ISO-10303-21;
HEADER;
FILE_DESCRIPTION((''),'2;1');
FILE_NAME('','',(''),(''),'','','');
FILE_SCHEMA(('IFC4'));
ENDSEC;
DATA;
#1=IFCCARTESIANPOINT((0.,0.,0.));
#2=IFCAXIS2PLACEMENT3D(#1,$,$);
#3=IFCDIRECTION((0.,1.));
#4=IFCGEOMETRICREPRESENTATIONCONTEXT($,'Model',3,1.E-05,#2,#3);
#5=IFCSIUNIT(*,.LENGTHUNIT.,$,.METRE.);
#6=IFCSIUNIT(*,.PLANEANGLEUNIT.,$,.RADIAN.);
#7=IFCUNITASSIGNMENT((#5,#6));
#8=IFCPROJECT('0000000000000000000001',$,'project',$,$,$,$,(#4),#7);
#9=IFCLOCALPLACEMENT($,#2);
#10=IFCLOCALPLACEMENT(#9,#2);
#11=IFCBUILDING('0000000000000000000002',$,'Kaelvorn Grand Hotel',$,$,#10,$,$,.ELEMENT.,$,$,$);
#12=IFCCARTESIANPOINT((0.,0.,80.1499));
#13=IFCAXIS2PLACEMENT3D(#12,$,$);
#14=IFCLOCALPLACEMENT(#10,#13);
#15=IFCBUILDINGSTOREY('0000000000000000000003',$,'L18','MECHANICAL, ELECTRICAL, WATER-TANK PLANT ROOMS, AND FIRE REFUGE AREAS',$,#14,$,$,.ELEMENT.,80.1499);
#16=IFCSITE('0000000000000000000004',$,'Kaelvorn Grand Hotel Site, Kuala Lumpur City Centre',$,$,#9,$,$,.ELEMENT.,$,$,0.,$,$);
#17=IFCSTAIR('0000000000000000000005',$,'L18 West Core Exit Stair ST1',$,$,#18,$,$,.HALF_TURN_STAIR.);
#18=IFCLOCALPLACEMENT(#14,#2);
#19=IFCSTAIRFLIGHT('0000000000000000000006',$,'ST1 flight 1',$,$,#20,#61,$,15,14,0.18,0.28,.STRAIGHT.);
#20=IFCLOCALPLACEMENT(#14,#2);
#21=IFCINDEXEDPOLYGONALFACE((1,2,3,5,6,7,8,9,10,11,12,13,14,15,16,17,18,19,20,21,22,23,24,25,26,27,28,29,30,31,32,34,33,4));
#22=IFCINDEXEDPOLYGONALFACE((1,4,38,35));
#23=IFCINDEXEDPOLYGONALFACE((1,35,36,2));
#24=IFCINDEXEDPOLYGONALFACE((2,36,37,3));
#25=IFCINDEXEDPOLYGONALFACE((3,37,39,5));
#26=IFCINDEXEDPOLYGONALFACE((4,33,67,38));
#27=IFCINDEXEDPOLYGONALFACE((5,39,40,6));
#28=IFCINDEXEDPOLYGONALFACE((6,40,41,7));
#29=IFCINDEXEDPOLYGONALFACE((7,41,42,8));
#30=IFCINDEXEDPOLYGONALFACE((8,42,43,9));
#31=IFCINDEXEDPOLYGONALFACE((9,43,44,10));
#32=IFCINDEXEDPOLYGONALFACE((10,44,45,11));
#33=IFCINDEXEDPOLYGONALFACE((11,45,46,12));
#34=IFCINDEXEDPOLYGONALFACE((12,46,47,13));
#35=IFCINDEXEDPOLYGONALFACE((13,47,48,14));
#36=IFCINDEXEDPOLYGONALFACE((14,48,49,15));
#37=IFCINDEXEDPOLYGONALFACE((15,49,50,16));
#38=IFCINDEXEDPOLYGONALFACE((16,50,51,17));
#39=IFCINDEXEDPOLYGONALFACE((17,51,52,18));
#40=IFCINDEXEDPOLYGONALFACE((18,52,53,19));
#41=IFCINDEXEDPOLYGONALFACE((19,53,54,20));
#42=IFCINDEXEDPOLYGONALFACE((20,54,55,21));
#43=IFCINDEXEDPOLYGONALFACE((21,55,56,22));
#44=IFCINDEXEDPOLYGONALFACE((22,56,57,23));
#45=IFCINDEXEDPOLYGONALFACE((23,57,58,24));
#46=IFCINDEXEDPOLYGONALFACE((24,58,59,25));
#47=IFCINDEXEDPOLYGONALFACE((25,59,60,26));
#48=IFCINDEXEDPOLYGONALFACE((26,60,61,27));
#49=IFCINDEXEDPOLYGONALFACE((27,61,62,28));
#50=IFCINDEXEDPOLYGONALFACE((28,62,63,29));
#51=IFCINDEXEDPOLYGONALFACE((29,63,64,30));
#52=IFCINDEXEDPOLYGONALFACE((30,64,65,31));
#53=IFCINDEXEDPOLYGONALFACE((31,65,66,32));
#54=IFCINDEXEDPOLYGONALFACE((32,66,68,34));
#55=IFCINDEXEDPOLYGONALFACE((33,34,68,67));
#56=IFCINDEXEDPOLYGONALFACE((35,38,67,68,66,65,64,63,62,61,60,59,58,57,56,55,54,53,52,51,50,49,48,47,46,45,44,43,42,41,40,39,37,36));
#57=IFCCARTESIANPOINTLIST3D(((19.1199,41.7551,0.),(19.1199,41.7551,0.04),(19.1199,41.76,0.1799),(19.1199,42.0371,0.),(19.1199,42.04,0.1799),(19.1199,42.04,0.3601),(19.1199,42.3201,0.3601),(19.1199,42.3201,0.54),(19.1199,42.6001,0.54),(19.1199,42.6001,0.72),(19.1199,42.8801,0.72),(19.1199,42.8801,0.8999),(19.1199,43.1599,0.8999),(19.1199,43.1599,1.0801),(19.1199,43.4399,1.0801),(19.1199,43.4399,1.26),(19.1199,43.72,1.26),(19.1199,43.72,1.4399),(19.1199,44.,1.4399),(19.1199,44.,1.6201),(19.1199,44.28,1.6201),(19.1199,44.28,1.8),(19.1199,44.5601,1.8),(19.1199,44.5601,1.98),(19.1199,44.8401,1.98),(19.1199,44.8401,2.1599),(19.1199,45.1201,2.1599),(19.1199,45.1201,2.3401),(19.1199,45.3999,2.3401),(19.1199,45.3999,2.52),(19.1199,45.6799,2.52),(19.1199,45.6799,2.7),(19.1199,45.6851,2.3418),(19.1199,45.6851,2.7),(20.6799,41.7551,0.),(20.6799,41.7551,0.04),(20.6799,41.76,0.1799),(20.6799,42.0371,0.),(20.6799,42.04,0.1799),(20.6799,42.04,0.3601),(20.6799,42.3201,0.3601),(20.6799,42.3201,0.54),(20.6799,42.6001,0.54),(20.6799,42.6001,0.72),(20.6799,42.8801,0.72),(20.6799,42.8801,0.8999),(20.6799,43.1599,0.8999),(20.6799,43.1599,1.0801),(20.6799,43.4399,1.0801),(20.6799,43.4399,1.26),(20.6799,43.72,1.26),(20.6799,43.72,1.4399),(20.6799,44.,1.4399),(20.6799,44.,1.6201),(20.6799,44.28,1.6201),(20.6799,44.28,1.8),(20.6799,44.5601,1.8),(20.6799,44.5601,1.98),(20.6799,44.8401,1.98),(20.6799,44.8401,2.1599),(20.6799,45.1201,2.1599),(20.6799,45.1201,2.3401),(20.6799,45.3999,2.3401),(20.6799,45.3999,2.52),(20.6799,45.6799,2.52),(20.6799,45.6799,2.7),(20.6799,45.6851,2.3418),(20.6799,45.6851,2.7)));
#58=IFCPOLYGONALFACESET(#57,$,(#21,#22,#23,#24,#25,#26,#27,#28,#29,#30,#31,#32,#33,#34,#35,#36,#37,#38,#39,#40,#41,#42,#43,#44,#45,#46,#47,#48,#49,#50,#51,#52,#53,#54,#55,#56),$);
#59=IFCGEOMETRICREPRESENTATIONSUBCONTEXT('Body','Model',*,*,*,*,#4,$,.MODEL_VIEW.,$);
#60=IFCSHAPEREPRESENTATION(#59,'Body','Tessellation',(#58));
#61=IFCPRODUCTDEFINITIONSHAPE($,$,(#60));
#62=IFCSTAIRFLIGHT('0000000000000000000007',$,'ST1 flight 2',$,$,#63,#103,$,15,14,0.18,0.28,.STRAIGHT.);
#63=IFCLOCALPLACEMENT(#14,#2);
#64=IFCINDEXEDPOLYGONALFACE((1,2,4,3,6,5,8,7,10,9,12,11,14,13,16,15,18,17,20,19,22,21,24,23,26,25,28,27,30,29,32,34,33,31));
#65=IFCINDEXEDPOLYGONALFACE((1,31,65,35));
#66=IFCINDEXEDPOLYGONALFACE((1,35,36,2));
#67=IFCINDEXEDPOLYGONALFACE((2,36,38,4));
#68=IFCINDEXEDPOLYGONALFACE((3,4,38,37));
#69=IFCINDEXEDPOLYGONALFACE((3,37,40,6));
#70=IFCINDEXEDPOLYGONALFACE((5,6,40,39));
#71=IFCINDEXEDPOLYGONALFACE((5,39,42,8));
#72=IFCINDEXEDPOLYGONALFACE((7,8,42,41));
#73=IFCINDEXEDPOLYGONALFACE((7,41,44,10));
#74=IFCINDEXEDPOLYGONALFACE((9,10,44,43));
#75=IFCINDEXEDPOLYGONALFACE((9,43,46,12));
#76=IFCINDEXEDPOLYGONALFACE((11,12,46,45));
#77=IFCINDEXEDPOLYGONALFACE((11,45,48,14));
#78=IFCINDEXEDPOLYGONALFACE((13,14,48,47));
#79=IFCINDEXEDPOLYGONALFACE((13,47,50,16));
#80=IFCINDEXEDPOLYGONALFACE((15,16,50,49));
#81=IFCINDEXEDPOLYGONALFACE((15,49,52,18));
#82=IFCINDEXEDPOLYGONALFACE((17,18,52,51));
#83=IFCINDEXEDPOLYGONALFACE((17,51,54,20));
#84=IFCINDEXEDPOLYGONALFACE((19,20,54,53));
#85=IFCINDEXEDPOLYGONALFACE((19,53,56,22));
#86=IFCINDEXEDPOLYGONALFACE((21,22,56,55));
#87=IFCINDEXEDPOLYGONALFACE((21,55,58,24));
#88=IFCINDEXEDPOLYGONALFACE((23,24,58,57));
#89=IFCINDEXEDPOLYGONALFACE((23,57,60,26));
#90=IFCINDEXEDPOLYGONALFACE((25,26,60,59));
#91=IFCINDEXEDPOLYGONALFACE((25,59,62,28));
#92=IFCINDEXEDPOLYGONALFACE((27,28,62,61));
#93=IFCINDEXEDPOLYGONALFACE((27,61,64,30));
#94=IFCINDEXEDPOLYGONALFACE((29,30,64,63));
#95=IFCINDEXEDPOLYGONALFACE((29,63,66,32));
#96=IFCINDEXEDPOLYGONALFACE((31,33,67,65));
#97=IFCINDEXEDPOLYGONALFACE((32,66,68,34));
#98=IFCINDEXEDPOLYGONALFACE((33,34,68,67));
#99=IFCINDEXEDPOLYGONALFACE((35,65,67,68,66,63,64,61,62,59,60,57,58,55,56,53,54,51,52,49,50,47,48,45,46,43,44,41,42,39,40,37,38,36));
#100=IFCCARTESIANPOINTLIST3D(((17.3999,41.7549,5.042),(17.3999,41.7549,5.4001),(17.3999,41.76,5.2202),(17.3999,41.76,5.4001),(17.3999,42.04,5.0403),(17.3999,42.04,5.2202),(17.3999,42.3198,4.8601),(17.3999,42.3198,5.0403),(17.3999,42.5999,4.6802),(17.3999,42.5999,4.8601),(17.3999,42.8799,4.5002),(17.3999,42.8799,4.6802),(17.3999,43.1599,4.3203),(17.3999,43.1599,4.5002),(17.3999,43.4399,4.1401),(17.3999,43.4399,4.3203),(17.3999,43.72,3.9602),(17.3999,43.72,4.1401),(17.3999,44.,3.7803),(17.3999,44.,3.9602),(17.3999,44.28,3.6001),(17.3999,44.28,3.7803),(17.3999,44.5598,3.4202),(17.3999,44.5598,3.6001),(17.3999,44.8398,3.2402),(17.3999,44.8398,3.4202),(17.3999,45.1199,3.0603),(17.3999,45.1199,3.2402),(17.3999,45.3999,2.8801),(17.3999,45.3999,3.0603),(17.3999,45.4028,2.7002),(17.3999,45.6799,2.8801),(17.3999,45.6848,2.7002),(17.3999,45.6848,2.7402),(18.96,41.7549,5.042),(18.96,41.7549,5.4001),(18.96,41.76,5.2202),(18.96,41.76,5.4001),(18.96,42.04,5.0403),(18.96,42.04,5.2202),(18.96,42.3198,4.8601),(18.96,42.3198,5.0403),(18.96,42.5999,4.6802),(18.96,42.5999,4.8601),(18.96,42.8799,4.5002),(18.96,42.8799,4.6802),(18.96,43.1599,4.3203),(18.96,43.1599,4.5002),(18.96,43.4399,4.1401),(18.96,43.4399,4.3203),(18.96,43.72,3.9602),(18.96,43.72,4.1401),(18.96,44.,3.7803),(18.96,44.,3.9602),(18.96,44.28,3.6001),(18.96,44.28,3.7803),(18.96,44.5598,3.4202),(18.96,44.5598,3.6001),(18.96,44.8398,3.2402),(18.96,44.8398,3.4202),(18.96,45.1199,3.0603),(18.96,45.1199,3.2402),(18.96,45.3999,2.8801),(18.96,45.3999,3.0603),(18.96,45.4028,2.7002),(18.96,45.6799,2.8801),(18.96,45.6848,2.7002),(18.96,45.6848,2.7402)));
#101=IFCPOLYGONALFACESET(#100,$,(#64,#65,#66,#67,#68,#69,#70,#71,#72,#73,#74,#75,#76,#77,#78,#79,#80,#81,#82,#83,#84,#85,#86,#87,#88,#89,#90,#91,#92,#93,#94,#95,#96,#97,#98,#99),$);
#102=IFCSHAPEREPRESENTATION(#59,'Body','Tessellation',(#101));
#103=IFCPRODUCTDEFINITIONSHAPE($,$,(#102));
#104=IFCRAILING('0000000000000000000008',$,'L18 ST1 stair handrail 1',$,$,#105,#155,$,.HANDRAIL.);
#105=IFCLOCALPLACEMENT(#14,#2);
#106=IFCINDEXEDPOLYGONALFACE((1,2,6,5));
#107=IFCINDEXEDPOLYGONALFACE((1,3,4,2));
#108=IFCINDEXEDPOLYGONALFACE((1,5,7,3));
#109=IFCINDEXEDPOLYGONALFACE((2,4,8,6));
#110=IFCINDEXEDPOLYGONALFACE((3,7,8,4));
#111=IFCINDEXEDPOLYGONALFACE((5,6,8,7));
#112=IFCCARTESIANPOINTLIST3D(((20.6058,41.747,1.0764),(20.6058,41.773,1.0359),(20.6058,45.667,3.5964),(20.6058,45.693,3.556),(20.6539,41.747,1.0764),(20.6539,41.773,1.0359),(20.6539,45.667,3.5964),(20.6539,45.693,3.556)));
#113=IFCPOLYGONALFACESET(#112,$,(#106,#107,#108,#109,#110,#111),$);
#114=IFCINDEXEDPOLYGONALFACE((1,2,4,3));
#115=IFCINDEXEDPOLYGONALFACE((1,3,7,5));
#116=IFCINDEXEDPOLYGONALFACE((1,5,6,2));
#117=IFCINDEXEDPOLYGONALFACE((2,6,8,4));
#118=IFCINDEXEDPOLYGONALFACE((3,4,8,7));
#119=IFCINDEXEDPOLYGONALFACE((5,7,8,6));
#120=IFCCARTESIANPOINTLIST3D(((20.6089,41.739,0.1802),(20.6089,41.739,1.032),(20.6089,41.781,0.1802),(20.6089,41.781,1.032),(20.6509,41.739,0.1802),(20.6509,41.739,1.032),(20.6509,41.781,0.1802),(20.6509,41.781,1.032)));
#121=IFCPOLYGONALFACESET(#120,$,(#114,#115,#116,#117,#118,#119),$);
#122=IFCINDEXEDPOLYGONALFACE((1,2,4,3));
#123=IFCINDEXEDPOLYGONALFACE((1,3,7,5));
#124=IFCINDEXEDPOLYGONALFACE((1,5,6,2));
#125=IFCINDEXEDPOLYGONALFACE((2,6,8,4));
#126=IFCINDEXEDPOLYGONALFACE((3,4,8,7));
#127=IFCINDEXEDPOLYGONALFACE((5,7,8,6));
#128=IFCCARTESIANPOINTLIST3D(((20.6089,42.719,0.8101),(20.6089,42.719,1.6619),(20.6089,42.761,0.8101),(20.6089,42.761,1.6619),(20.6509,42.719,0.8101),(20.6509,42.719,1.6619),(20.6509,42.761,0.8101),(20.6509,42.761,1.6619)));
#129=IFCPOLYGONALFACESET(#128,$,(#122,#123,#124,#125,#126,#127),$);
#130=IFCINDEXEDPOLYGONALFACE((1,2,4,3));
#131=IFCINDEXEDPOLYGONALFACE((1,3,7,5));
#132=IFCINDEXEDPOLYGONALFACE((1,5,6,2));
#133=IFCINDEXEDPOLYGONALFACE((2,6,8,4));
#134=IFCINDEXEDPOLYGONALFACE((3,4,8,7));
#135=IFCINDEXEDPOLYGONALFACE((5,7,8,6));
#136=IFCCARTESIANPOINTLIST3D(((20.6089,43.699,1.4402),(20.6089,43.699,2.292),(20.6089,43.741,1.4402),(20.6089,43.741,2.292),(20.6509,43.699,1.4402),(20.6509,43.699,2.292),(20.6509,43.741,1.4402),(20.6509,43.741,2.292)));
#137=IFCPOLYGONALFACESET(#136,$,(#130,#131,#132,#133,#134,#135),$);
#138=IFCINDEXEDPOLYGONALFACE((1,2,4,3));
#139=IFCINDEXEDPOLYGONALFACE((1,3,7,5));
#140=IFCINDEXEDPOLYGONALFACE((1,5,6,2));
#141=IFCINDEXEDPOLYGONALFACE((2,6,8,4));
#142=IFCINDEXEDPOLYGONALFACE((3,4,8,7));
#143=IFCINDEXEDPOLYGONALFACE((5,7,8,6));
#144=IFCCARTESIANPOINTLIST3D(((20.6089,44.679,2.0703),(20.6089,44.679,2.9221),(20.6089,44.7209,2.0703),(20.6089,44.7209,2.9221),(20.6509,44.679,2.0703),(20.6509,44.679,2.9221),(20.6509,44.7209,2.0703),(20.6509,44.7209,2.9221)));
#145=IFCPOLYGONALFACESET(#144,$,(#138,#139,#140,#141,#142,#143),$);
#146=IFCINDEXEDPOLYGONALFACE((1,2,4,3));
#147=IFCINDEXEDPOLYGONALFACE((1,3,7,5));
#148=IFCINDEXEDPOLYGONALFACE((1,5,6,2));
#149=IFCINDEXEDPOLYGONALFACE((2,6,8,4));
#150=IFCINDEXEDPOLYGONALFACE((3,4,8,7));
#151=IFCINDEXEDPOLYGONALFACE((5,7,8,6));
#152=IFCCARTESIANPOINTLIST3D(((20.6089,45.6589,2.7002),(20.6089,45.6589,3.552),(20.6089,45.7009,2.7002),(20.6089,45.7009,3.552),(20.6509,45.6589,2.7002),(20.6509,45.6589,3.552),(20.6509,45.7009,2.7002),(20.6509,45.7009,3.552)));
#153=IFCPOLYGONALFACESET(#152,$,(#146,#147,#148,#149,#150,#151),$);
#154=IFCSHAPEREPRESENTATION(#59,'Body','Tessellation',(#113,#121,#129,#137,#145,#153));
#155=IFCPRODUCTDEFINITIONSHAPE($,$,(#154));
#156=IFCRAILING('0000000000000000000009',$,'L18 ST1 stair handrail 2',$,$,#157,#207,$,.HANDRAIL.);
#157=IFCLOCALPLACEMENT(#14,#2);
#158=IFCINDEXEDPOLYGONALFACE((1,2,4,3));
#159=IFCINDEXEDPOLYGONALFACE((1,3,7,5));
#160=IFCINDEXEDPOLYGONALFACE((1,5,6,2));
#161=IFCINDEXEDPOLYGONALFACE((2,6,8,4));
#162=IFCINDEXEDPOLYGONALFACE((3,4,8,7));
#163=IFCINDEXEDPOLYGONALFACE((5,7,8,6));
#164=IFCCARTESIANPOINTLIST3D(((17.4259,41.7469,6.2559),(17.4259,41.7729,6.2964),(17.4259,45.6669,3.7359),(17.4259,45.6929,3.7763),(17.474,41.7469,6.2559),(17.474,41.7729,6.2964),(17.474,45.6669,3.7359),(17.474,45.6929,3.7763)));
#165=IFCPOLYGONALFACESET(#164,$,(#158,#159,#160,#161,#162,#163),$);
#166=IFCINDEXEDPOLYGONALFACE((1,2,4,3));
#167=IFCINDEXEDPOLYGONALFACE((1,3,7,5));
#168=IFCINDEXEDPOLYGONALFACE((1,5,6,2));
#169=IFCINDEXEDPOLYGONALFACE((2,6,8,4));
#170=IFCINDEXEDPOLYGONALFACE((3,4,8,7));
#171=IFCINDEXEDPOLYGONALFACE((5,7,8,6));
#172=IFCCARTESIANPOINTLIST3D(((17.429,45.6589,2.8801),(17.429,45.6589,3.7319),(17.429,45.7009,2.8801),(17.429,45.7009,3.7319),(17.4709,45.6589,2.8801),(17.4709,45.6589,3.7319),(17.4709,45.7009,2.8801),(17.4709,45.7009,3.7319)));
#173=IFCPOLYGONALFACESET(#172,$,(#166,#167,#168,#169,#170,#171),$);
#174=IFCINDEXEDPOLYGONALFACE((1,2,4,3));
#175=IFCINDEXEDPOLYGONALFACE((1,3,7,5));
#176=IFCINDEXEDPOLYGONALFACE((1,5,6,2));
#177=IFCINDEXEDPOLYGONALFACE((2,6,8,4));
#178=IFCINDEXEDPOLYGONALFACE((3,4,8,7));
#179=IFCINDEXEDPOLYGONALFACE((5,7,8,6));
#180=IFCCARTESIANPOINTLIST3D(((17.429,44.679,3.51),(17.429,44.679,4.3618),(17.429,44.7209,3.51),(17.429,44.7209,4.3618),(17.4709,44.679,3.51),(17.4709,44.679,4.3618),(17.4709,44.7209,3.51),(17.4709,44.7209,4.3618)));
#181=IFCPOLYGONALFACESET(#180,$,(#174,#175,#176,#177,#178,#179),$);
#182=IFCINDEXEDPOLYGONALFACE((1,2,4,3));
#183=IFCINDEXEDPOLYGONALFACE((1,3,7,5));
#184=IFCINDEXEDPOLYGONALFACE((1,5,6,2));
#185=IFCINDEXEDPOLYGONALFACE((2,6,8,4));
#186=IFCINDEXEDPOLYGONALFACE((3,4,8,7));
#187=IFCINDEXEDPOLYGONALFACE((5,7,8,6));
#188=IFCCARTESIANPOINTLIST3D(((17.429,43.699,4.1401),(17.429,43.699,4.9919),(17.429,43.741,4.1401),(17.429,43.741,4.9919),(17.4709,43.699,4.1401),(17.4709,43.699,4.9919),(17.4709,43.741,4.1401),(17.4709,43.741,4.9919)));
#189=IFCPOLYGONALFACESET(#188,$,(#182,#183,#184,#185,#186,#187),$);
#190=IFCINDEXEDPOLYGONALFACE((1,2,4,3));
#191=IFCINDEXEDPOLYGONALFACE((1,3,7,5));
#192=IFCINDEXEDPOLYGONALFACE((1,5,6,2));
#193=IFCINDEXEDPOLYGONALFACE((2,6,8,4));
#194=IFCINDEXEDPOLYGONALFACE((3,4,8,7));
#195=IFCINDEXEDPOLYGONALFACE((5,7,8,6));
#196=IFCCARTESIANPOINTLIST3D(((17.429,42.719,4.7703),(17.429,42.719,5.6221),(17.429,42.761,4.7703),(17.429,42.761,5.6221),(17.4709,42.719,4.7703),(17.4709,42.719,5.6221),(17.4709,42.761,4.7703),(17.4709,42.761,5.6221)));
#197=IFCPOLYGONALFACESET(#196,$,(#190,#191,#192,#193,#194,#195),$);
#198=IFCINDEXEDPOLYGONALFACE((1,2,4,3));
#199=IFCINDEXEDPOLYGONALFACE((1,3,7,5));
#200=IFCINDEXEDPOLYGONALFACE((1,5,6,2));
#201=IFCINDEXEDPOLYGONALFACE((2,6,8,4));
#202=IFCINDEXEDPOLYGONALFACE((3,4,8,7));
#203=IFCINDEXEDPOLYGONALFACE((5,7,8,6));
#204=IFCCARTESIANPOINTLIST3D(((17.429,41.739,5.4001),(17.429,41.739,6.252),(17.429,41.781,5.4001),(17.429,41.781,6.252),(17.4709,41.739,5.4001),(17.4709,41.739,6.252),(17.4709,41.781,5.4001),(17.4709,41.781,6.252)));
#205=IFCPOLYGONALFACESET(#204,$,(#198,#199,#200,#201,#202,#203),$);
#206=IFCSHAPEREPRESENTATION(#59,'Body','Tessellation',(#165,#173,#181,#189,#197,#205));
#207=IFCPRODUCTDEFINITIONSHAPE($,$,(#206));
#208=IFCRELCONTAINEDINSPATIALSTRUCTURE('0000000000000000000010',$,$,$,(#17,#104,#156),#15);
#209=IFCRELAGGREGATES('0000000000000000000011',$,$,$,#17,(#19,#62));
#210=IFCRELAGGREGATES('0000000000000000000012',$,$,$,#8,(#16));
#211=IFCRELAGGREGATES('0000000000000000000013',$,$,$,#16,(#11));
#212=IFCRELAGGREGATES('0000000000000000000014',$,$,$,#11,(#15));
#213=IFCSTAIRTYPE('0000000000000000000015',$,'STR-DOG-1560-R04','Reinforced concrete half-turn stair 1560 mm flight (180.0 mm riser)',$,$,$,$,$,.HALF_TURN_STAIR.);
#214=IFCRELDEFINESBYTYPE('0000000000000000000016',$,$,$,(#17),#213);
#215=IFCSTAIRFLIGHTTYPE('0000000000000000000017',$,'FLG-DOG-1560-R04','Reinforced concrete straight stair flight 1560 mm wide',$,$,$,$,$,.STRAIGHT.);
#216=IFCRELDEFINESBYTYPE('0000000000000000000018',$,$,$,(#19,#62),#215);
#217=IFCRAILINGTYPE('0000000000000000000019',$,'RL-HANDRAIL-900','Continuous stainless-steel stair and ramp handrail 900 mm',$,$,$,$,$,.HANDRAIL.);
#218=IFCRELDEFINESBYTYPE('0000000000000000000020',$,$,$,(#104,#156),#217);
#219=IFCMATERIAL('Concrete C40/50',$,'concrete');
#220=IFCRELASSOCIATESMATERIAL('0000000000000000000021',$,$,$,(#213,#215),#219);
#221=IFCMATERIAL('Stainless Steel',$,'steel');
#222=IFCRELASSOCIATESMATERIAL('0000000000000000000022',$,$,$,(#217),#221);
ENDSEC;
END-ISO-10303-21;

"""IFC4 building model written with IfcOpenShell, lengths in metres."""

from ifc_helpers import new_model, si_unit, direction, frame, origin, origin_2d, place, context, subcontext, project, spatial, polyline, rectangle, outline, extrude, material, type_object, element, aggregate, save


model = new_model("IFC4")

# Units and contexts
model_context = context("Model", 3, precision=1e-05, world=origin(), true_north=direction((0.0, 1.0)))
body_context = subcontext(model_context, "Body", "Model", "MODEL_VIEW")
ifc_project = project(units=[si_unit("LENGTHUNIT", "METRE"), si_unit("PLANEANGLEUNIT", "RADIAN")], contexts=[model_context])

# Site, building, storey
site_placement = place(None, origin())
site = spatial("IfcSite", under=ifc_project, at=site_placement, Name="Kaelvorn Grand Hotel Site, Kuala Lumpur City Centre", CompositionType="ELEMENT", RefElevation=0.0)
building_placement = place(site_placement, origin())
building = spatial("IfcBuilding", under=site, at=building_placement, Name="Kaelvorn Grand Hotel", CompositionType="ELEMENT")
storey_placement = place(building_placement, frame((0.0, 0.0, 80.1499)))
storey = spatial("IfcBuildingStorey", under=building, at=storey_placement, Name="L18", Description="MECHANICAL, ELECTRICAL, WATER-TANK PLANT ROOMS, AND FIRE REFUGE AREAS", CompositionType="ELEMENT", Elevation=80.1499)

# Shared definitions
ifc_material_1 = material(Name="Concrete C40/50", Category="concrete")

# Stair, stair flights
stair_type = type_object("IfcStairType", Name="STR-DOG-1560-R04", Description="Reinforced concrete half-turn stair 1560 mm flight (180.0 mm riser)", PredefinedType="HALF_TURN_STAIR", material=ifc_material_1)
stair_placement = place(storey_placement, origin())
stair = element("IfcStair", 1, at=stair_placement, inside=storey, type_object=stair_type, Name="L18 West Core Exit Stair ST1", PredefinedType="HALF_TURN_STAIR")
stair_flight_type = type_object("IfcStairFlightType", Name="FLG-DOG-1560-R04", Description="Reinforced concrete straight stair flight 1560 mm wide", PredefinedType="STRAIGHT", material=ifc_material_1)
stair_flight_1_placement = place(storey_placement, frame((19.8999, 41.76, 0.0), z_axis=(0.0, 0.0, 1.0), x_axis=(0.0, 1.0, 0.0)))
stair_flight_1 = element("IfcStairFlight", 2, at=stair_flight_1_placement, type_object=stair_flight_type, Name="ST1 flight 1", NumberOfRisers=15, NumberOfTreads=14, PredefinedType="STRAIGHT", RiserHeight=0.18, TreadLength=0.28, context=body_context, shape_type="SweptSolid", body=[
    extrude(outline(polyline([(-0.0049, 0.0), (-0.0049, 0.04), (0.0, 0.1799), (0.28, 0.1799), (0.28, 0.3601), (0.5601, 0.3601), (0.5601, 0.54), (0.8401, 0.54), (0.8401, 0.72), (1.1201, 0.72), (1.1201, 0.8999), (1.3999, 0.8999), (1.3999, 1.0801), (1.6799, 1.0801), (1.6799, 1.26), (1.96, 1.26), (1.96, 1.4399), (2.24, 1.4399), (2.24, 1.6201), (2.52, 1.6201), (2.52, 1.8), (2.8, 1.8), (2.8, 1.98), (3.0801, 1.98), (3.0801, 2.1599), (3.3601, 2.1599), (3.3601, 2.3401), (3.6399, 2.3401), (3.6399, 2.52), (3.9199, 2.52), (3.9199, 2.7), (3.925, 2.7), (3.925, 2.3418), (0.2771, 0.0), (-0.0049, 0.0)])), frame((0.0, 0.78, 0.0), z_axis=(0.0, -1.0, 0.0), x_axis=(1.0, 0.0, 0.0)), (0.0, 0.0, 1.0), 1.5601),
])
stair_flight_2_placement = place(storey_placement, frame((18.1799, 45.6799, 2.7002), z_axis=(0.0, 0.0, 1.0), x_axis=(0.0, -1.0, 0.0)))
stair_flight_2 = element("IfcStairFlight", 3, at=stair_flight_2_placement, type_object=stair_flight_type, Name="ST1 flight 2", NumberOfRisers=15, NumberOfTreads=14, PredefinedType="STRAIGHT", RiserHeight=0.18, TreadLength=0.28, context=body_context, shape_type="SweptSolid", body=[
    extrude(outline(polyline([(-0.0049, 0.0), (-0.0049, 0.04), (0.0, 0.1799), (0.28, 0.1799), (0.28, 0.3601), (0.5601, 0.3601), (0.5601, 0.54), (0.8401, 0.54), (0.8401, 0.72), (1.1201, 0.72), (1.1201, 0.8999), (1.3999, 0.8999), (1.3999, 1.0801), (1.6799, 1.0801), (1.6799, 1.26), (1.96, 1.26), (1.96, 1.4399), (2.24, 1.4399), (2.24, 1.6201), (2.52, 1.6201), (2.52, 1.8), (2.8, 1.8), (2.8, 1.98), (3.0801, 1.98), (3.0801, 2.1599), (3.3601, 2.1599), (3.3601, 2.3401), (3.6399, 2.3401), (3.6399, 2.52), (3.9199, 2.52), (3.9199, 2.7), (3.925, 2.7), (3.925, 2.3418), (0.2771, 0.0), (-0.0049, 0.0)])), frame((0.0, 0.78, 0.0), z_axis=(0.0, -1.0, 0.0), x_axis=(1.0, 0.0, 0.0)), (0.0, 0.0, 1.0), 1.5601),
])
aggregate(stair, [stair_flight_1, stair_flight_2])

# Railings
ifc_material_2 = material(Name="Stainless Steel", Category="steel")
railing_type_1 = type_object("IfcRailingType", Name="RL-HANDRAIL-900", Description="Continuous stainless-steel stair and ramp handrail 900 mm", PredefinedType="HANDRAIL", material=ifc_material_2)
railing_1_placement = place(storey_placement, frame((20.6299, 41.76, 0.1802)))
element("IfcRailing", 4, at=railing_1_placement, inside=storey, type_object=railing_type_1, Name="L18 ST1 stair handrail 1", PredefinedType="HANDRAIL", context=body_context, shape_type="SweptSolid", body=[
    extrude(rectangle(XDim=0.0481, YDim=0.0481, at=origin_2d()), frame((0.0, 0.0, 0.876), z_axis=(0.0, 0.841172, 0.540768), x_axis=(-1.0, 0.0, 0.0)), (0.0, 0.0, 1.0), 4.6602),
    extrude(rectangle(XDim=0.042, YDim=0.042, at=origin_2d()), origin(), (0.0, 0.0, 1.0), 0.8518),
    extrude(rectangle(XDim=0.042, YDim=0.042, at=origin_2d()), frame((0.0, 0.98, 0.6299)), (0.0, 0.0, 1.0), 0.8518),
    extrude(rectangle(XDim=0.042, YDim=0.042, at=origin_2d()), frame((0.0, 1.96, 1.26)), (0.0, 0.0, 1.0), 0.8518),
    extrude(rectangle(XDim=0.042, YDim=0.042, at=origin_2d()), frame((0.0, 2.9399, 1.8901)), (0.0, 0.0, 1.0), 0.8518),
    extrude(rectangle(XDim=0.042, YDim=0.042, at=origin_2d()), frame((0.0, 3.9199, 2.52)), (0.0, 0.0, 1.0), 0.8518),
])
railing_2_placement = place(storey_placement, frame((17.45, 45.6799, 2.8801)))
element("IfcRailing", 5, at=railing_2_placement, inside=storey, type_object=railing_type_1, Name="L18 ST1 stair handrail 2", PredefinedType="HANDRAIL", context=body_context, shape_type="SweptSolid", body=[
    extrude(rectangle(XDim=0.0481, YDim=0.0481, at=origin_2d()), frame((0.0, 0.0, 0.876), z_axis=(0.0, -0.841172, 0.540768), x_axis=(1.0, 0.0, 0.0)), (0.0, 0.0, 1.0), 4.6602),
    extrude(rectangle(XDim=0.042, YDim=0.042, at=origin_2d()), origin(), (0.0, 0.0, 1.0), 0.8518),
    extrude(rectangle(XDim=0.042, YDim=0.042, at=origin_2d()), frame((0.0, -0.98, 0.6299)), (0.0, 0.0, 1.0), 0.8518),
    extrude(rectangle(XDim=0.042, YDim=0.042, at=origin_2d()), frame((0.0, -1.96, 1.26)), (0.0, 0.0, 1.0), 0.8518),
    extrude(rectangle(XDim=0.042, YDim=0.042, at=origin_2d()), frame((0.0, -2.9399, 1.8901)), (0.0, 0.0, 1.0), 0.8518),
    extrude(rectangle(XDim=0.042, YDim=0.042, at=origin_2d()), frame((0.0, -3.9199, 2.52)), (0.0, 0.0, 1.0), 0.8518),
])

save(model, "model.ifc")
